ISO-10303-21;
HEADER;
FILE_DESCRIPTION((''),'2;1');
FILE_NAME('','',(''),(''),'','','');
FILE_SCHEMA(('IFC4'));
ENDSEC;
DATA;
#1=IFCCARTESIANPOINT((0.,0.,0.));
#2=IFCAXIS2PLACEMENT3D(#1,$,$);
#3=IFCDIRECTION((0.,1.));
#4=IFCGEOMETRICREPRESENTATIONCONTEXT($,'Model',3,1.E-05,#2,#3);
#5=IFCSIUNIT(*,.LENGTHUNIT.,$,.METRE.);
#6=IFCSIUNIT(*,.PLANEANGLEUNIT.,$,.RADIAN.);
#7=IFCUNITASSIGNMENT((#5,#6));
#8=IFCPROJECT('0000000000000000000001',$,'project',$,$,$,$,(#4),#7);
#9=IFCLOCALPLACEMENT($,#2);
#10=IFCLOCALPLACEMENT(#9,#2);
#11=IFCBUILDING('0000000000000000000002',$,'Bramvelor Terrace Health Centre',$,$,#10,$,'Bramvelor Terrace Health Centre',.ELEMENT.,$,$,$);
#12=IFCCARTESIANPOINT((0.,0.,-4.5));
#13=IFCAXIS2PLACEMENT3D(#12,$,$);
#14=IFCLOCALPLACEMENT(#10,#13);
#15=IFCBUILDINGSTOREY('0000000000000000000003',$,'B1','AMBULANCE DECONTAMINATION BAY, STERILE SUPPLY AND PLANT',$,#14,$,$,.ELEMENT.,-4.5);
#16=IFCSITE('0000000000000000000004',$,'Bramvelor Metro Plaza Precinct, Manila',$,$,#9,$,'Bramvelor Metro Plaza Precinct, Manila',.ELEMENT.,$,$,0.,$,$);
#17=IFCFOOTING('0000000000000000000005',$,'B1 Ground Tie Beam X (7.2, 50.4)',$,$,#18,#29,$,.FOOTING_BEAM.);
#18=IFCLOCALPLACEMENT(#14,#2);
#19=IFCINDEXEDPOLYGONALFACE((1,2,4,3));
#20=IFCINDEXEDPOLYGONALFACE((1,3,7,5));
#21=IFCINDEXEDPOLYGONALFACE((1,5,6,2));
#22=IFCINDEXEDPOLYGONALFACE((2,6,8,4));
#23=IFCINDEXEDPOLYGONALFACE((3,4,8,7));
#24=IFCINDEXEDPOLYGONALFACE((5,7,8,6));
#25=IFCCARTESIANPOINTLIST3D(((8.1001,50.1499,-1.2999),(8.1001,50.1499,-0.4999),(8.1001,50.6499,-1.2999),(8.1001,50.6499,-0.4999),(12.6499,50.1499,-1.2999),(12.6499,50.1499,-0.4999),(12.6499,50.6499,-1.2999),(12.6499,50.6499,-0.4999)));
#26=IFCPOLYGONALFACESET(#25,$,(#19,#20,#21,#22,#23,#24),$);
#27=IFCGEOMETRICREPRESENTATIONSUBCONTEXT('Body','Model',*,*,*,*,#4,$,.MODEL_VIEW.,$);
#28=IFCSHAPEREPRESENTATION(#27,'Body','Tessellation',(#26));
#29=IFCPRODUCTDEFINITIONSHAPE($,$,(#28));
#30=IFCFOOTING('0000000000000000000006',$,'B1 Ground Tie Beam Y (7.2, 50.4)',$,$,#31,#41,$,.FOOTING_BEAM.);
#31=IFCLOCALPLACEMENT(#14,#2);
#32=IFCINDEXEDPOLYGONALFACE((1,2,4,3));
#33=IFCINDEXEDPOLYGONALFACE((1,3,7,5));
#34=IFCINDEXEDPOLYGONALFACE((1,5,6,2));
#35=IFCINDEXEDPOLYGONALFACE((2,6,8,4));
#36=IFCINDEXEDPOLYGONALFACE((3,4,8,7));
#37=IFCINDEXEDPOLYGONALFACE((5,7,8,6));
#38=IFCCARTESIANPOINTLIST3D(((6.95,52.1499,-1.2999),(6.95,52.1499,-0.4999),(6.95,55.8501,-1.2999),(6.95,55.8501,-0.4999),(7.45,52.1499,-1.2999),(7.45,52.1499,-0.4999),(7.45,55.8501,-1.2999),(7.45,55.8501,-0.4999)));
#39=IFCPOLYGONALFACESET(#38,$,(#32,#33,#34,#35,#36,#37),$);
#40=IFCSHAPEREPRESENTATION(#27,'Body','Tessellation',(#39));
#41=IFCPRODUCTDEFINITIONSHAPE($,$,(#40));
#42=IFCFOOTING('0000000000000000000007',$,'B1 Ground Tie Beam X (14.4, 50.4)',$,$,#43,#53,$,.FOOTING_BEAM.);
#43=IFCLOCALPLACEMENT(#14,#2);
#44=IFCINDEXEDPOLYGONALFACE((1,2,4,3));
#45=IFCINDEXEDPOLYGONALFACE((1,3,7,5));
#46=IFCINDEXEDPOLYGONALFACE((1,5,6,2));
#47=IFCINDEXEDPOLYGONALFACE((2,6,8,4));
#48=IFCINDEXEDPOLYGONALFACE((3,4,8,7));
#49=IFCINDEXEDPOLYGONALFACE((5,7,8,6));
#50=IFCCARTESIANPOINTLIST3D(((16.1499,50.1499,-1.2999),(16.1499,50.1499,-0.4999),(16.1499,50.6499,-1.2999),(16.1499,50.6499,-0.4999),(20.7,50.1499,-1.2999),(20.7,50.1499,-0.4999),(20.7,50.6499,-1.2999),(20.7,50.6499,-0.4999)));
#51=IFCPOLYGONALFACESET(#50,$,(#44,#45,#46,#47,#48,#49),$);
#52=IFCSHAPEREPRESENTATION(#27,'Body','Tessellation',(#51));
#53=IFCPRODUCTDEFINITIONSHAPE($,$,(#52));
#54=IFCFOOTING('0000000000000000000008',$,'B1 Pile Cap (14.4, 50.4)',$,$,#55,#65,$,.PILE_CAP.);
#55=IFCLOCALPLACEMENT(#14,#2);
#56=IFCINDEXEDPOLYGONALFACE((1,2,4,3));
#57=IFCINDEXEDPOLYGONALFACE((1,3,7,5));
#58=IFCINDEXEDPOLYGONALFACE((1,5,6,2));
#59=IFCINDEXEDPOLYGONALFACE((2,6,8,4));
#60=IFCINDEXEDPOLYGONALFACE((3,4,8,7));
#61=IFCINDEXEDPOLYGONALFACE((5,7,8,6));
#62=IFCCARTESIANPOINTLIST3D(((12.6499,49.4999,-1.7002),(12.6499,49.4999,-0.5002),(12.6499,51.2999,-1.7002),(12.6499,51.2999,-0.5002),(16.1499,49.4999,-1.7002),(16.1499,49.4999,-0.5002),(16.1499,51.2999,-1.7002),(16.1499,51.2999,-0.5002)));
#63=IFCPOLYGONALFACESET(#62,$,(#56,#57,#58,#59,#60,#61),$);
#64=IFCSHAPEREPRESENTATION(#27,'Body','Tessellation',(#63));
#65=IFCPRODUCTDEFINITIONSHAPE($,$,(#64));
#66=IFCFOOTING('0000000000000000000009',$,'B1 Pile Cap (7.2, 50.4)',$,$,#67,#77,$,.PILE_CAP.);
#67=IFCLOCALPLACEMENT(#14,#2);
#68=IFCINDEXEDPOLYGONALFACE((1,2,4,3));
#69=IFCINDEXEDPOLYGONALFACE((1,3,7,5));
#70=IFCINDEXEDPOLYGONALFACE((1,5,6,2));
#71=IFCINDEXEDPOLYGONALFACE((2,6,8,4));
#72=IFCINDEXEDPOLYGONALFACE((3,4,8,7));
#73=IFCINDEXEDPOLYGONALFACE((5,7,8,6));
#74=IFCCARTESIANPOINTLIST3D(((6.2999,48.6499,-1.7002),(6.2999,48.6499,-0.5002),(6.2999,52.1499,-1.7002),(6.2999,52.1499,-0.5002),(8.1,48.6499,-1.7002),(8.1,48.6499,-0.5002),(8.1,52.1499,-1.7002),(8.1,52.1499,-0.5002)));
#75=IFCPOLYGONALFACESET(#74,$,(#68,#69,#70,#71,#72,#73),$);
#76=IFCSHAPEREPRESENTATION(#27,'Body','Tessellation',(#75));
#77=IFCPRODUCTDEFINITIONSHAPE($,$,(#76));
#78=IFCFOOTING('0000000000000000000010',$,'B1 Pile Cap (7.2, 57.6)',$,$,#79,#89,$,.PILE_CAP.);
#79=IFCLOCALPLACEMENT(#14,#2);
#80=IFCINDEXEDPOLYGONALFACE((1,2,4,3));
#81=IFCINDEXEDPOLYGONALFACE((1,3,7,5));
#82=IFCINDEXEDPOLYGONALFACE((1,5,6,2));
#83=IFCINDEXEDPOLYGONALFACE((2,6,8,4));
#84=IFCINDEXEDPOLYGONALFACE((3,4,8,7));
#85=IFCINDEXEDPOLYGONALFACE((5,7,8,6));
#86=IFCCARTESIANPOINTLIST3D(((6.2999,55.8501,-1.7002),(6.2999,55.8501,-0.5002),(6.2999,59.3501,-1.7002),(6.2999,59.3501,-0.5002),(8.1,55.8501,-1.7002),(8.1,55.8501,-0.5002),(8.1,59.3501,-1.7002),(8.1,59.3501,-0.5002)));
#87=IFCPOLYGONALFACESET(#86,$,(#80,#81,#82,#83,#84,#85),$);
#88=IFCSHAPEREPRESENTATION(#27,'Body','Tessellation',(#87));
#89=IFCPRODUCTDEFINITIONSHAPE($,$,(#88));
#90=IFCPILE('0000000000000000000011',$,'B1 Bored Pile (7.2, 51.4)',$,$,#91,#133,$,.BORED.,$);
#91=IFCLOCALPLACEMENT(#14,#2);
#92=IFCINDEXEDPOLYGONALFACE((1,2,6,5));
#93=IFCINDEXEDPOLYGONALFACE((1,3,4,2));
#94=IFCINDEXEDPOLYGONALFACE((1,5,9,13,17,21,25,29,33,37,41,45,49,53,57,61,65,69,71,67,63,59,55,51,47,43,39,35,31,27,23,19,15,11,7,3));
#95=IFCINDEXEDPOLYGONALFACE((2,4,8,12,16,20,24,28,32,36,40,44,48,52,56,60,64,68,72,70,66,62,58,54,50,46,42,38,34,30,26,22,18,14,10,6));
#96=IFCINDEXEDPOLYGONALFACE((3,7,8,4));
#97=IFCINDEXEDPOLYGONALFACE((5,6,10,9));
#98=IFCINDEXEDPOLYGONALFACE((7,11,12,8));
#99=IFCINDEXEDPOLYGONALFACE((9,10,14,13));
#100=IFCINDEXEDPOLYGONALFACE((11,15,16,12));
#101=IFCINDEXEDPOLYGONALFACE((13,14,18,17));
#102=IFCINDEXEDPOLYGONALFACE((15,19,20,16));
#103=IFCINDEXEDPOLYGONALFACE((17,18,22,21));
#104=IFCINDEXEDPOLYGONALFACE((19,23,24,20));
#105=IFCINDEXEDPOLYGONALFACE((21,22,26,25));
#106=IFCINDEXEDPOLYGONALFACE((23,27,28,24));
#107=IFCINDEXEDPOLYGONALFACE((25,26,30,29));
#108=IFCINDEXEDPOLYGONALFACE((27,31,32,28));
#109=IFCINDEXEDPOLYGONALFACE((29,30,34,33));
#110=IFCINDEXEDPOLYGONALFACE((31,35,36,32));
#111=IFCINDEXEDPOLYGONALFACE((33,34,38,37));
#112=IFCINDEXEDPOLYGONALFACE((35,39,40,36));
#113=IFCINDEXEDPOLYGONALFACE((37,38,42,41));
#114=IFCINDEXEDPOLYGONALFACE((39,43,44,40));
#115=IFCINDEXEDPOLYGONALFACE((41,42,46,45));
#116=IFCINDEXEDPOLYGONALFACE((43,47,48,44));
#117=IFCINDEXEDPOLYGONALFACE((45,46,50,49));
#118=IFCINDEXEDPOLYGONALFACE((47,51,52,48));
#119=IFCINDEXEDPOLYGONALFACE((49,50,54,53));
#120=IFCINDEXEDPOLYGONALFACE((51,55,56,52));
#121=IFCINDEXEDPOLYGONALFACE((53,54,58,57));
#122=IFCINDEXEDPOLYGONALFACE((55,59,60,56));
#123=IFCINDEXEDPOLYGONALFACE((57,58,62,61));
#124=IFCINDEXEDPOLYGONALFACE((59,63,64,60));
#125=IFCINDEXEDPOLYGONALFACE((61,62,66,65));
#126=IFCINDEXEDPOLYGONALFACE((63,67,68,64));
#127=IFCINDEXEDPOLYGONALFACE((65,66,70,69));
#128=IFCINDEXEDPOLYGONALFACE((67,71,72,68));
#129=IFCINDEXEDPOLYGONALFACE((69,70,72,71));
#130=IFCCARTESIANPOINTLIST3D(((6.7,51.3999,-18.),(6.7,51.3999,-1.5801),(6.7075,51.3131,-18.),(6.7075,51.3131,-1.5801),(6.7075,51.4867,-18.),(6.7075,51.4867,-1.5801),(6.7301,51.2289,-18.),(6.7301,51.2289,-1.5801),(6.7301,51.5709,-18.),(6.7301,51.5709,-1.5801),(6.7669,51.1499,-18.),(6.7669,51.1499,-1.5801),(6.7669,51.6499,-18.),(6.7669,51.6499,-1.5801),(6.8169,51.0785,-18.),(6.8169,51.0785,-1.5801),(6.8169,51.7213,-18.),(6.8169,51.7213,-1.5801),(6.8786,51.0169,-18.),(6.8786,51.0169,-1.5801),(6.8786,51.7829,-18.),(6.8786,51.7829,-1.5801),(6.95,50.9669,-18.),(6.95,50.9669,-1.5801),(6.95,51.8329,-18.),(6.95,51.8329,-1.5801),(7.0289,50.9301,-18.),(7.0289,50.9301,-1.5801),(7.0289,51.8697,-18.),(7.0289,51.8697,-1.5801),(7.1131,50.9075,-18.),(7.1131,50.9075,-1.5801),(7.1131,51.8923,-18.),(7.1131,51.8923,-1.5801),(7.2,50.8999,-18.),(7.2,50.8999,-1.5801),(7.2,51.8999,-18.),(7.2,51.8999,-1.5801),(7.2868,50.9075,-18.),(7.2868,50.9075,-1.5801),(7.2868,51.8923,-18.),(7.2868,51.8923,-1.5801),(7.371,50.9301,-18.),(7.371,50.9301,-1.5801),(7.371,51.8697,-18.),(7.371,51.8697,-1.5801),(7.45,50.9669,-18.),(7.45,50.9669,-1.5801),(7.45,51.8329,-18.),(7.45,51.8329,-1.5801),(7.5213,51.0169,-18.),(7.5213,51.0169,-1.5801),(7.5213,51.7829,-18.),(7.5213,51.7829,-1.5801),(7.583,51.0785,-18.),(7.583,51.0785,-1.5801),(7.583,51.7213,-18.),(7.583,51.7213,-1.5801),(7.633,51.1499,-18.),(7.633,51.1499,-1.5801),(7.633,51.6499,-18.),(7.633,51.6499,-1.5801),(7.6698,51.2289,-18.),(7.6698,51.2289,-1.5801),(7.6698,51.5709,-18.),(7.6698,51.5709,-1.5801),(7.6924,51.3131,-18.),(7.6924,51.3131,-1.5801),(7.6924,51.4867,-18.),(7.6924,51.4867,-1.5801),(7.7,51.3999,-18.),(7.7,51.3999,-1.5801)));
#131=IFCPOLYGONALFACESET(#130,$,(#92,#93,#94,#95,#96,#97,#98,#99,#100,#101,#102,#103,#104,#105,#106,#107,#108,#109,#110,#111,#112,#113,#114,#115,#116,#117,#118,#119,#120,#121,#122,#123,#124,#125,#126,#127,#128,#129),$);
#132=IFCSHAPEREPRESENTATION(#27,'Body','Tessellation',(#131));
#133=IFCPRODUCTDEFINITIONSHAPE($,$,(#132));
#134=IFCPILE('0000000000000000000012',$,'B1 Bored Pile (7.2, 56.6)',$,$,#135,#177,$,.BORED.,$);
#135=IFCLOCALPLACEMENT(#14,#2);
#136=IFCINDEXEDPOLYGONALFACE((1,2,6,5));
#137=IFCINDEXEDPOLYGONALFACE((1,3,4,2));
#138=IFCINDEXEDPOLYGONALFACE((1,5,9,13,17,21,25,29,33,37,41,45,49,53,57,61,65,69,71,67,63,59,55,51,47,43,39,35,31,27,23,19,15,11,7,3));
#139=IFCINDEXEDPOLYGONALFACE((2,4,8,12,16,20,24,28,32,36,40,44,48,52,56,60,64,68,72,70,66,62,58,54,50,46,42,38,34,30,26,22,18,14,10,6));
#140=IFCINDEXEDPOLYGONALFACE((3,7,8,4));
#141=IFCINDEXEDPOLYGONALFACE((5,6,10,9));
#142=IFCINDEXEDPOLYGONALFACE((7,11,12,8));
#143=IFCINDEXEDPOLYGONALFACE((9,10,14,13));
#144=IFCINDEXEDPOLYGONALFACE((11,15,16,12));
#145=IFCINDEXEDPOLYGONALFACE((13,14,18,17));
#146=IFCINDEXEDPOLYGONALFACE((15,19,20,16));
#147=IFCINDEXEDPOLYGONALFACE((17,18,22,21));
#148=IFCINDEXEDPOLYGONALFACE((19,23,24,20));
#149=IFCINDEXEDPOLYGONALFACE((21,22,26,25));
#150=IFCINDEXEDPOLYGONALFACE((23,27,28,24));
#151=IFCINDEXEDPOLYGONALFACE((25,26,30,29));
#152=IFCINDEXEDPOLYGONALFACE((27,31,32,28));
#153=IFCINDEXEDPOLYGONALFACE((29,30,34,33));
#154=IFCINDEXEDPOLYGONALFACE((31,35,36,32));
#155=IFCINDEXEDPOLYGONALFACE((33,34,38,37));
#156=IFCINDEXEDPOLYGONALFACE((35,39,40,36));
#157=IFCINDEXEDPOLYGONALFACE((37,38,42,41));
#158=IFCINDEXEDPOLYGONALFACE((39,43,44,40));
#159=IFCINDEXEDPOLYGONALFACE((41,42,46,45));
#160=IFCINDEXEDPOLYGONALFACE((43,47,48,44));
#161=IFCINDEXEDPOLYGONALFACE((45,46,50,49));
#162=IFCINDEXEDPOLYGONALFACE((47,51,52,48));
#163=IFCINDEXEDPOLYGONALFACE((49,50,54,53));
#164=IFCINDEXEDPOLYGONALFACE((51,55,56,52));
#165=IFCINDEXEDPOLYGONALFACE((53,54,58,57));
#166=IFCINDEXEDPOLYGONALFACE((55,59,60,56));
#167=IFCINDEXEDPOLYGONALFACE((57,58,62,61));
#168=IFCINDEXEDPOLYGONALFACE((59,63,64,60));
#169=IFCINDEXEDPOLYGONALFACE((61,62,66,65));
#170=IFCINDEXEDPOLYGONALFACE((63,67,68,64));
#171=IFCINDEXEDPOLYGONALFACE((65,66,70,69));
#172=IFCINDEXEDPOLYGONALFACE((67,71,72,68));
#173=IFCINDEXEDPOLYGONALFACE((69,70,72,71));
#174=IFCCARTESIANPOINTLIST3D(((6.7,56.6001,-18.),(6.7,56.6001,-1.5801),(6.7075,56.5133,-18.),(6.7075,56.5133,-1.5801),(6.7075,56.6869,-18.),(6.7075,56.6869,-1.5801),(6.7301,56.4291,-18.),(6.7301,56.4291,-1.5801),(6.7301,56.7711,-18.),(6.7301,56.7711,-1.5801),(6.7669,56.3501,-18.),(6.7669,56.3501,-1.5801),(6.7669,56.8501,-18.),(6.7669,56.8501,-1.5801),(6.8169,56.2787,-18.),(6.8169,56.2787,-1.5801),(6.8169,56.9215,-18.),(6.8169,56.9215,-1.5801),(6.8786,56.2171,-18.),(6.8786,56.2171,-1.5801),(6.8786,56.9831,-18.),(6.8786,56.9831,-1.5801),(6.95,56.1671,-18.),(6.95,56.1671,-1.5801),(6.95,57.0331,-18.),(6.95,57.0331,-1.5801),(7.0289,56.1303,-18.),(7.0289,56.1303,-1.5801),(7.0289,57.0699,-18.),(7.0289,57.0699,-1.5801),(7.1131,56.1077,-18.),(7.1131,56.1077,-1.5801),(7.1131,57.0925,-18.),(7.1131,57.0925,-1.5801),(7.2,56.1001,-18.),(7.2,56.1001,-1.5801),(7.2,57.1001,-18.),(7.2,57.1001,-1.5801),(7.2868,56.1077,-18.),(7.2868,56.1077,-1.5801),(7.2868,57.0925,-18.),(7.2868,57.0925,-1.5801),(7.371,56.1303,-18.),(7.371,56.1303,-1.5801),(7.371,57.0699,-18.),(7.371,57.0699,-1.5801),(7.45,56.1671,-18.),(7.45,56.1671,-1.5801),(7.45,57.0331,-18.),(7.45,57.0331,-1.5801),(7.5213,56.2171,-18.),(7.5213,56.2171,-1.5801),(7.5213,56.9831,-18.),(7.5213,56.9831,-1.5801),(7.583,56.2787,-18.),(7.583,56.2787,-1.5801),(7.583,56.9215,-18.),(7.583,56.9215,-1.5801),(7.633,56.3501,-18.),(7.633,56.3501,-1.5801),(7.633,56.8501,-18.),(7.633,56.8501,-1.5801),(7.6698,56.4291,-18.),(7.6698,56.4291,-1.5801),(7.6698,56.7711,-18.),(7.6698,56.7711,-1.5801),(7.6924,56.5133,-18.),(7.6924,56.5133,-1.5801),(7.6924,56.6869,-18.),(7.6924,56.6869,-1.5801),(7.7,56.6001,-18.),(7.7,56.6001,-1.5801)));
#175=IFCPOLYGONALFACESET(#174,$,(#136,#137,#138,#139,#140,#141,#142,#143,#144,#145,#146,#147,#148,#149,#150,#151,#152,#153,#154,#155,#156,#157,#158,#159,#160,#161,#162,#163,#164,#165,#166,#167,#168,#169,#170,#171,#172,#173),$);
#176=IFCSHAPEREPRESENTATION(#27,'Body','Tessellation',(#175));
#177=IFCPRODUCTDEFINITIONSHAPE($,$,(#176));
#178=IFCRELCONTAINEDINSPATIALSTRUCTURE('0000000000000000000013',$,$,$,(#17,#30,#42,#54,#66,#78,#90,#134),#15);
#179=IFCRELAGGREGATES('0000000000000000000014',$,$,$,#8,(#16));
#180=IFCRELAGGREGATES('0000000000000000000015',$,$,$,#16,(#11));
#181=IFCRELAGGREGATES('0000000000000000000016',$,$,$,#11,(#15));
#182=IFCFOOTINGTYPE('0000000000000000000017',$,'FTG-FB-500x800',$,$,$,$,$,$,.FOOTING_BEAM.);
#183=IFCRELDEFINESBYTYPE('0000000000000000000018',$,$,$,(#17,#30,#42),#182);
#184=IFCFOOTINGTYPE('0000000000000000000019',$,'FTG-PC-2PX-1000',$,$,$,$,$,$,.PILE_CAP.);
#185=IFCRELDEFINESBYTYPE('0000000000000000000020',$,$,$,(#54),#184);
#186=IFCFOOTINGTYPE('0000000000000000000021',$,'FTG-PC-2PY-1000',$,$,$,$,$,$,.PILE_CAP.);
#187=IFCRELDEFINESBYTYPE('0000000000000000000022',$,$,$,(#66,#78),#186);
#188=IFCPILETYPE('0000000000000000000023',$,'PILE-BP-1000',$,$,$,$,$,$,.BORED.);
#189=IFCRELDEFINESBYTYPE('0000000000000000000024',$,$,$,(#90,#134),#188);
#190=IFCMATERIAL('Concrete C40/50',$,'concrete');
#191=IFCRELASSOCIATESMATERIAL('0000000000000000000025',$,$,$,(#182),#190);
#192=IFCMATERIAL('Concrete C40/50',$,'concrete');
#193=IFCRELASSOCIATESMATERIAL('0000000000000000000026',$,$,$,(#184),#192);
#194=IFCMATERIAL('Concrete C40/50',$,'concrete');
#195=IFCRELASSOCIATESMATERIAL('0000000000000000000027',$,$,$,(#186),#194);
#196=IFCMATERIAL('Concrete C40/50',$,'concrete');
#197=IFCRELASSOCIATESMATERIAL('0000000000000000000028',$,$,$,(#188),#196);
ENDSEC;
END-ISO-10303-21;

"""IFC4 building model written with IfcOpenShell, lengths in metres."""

from ifc_helpers import new_model, si_unit, direction, frame, origin, origin_2d, place, context, subcontext, project, spatial, rectangle, circle, extrude, material, material_profile, profile_set, type_object, element, save


model = new_model("IFC4")

# Units and contexts
model_context = context("Model", 3, precision=1e-05, world=origin(), true_north=direction((0.0, 1.0)))
body_context = subcontext(model_context, "Body", "Model", "MODEL_VIEW")
ifc_project = project(units=[si_unit("LENGTHUNIT", "METRE"), si_unit("PLANEANGLEUNIT", "RADIAN")], contexts=[model_context])

# Site, building, storey
site_placement = place(None, origin())
site = spatial("IfcSite", under=ifc_project, at=site_placement, Name="Bramvelor Metro Plaza Precinct, Manila", LongName="Bramvelor Metro Plaza Precinct, Manila", CompositionType="ELEMENT", RefElevation=0.0)
building_placement = place(site_placement, origin())
building = spatial("IfcBuilding", under=site, at=building_placement, Name="Bramvelor Terrace Health Centre", LongName="Bramvelor Terrace Health Centre", CompositionType="ELEMENT")
storey_placement = place(building_placement, frame((0.0, 0.0, -4.5)))
storey = spatial("IfcBuildingStorey", under=building, at=storey_placement, Name="B1", Description="AMBULANCE DECONTAMINATION BAY, STERILE SUPPLY AND PLANT", CompositionType="ELEMENT", Elevation=-4.5)

# Footings
ifc_material_1 = material(Name="Concrete C40/50", Category="concrete")
ifc_material_profile_1 = material_profile(ifc_material_1, rectangle(XDim=0.5, YDim=0.8, at=origin_2d()), Name="RC 500x800")
ifc_profile_set_1 = profile_set([ifc_material_profile_1], Name="Concrete C40/50")
footing_type_1 = type_object("IfcFootingType", Name="FTG-FB-500x800", PredefinedType="FOOTING_BEAM", material=ifc_profile_set_1)
footing_1_placement = place(storey_placement, frame((8.1001, 50.3999, -0.8999), z_axis=(1.0, 0.0, 0.0), x_axis=(0.0, 1.0, 0.0)))
element("IfcFooting", 1, at=footing_1_placement, inside=storey, type_object=footing_type_1, Name="B1 Ground Tie Beam X (7.2, 50.4)", PredefinedType="FOOTING_BEAM", context=body_context, shape_type="SweptSolid", body=[
    extrude(rectangle(XDim=0.5, YDim=0.8, at=origin_2d()), origin(), (0.0, 0.0, 1.0), 4.5498),
])
footing_2_placement = place(storey_placement, frame((7.2, 52.1499, -0.8999), z_axis=(0.0, 1.0, 0.0), x_axis=(-1.0, 0.0, 0.0)))
element("IfcFooting", 2, at=footing_2_placement, inside=storey, type_object=footing_type_1, Name="B1 Ground Tie Beam Y (7.2, 50.4)", PredefinedType="FOOTING_BEAM", context=body_context, shape_type="SweptSolid", body=[
    extrude(rectangle(XDim=0.5, YDim=0.8, at=origin_2d()), origin(), (0.0, 0.0, 1.0), 3.7002),
])
footing_3_placement = place(storey_placement, frame((16.1499, 50.3999, -0.8999), z_axis=(1.0, 0.0, 0.0), x_axis=(0.0, 1.0, 0.0)))
element("IfcFooting", 3, at=footing_3_placement, inside=storey, type_object=footing_type_1, Name="B1 Ground Tie Beam X (14.4, 50.4)", PredefinedType="FOOTING_BEAM", context=body_context, shape_type="SweptSolid", body=[
    extrude(rectangle(XDim=0.5, YDim=0.8, at=origin_2d()), origin(), (0.0, 0.0, 1.0), 4.55),
])
ifc_material_2 = material(Name="Concrete C40/50", Category="concrete")
footing_type_2 = type_object("IfcFootingType", Name="FTG-PC-2PX-1000", PredefinedType="PILE_CAP", material=ifc_material_2)
footing_4_placement = place(storey_placement, frame((14.3999, 50.3999, -1.7002), z_axis=(0.0, 0.0, 1.0), x_axis=(1.0, 0.0, 0.0)))
element("IfcFooting", 4, at=footing_4_placement, inside=storey, type_object=footing_type_2, Name="B1 Pile Cap (14.4, 50.4)", PredefinedType="PILE_CAP", context=body_context, shape_type="SweptSolid", body=[
    extrude(rectangle(XDim=3.5, YDim=1.8, at=origin_2d()), origin(), (0.0, 0.0, 1.0), 1.2),
])
ifc_material_3 = material(Name="Concrete C40/50", Category="concrete")
footing_type_3 = type_object("IfcFootingType", Name="FTG-PC-2PY-1000", PredefinedType="PILE_CAP", material=ifc_material_3)
for number, where, z_axis, x_axis, name in (
    (5, (7.2, 50.3999, -1.7002), (0.0, 0.0, 1.0), (1.0, 0.0, 0.0), "B1 Pile Cap (7.2, 50.4)"),
    (6, (7.2, 57.6001, -1.7002), (0.0, 0.0, 1.0), (1.0, 0.0, 0.0), "B1 Pile Cap (7.2, 57.6)"),
):
    element("IfcFooting", number, at=place(storey_placement, frame(where, z_axis=z_axis, x_axis=x_axis)), inside=storey, type_object=footing_type_3, Name=name, PredefinedType="PILE_CAP", context=body_context, shape_type="SweptSolid", body=[
        extrude(rectangle(XDim=1.8, YDim=3.5, at=origin_2d()), origin(), (0.0, 0.0, 1.0), 1.2),
    ])

# Piles
ifc_material_4 = material(Name="Concrete C40/50", Category="concrete")
ifc_material_profile_2 = material_profile(ifc_material_4, circle(Radius=0.5, at=origin_2d()), Name="BP D1000")
ifc_profile_set_2 = profile_set([ifc_material_profile_2], Name="Concrete C40/50")
pile_type_1 = type_object("IfcPileType", Name="PILE-BP-1000", PredefinedType="BORED", material=ifc_profile_set_2)
for number, where, z_axis, x_axis, name in (
    (7, (7.2, 51.3999, -1.5801), (0.0, 0.0, -1.0), (1.0, 0.0, 0.0), "B1 Bored Pile (7.2, 51.4)"),
    (8, (7.2, 56.6001, -1.5801), (0.0, 0.0, -1.0), (1.0, 0.0, 0.0), "B1 Bored Pile (7.2, 56.6)"),
):
    element("IfcPile", number, at=place(storey_placement, frame(where, z_axis=z_axis, x_axis=x_axis)), inside=storey, type_object=pile_type_1, Name=name, PredefinedType="BORED", context=body_context, shape_type="SweptSolid", body=[
        extrude(circle(Radius=0.5, at=origin_2d()), origin(), (0.0, 0.0, 1.0), 16.4199),
    ])

save(model, "model.ifc")
